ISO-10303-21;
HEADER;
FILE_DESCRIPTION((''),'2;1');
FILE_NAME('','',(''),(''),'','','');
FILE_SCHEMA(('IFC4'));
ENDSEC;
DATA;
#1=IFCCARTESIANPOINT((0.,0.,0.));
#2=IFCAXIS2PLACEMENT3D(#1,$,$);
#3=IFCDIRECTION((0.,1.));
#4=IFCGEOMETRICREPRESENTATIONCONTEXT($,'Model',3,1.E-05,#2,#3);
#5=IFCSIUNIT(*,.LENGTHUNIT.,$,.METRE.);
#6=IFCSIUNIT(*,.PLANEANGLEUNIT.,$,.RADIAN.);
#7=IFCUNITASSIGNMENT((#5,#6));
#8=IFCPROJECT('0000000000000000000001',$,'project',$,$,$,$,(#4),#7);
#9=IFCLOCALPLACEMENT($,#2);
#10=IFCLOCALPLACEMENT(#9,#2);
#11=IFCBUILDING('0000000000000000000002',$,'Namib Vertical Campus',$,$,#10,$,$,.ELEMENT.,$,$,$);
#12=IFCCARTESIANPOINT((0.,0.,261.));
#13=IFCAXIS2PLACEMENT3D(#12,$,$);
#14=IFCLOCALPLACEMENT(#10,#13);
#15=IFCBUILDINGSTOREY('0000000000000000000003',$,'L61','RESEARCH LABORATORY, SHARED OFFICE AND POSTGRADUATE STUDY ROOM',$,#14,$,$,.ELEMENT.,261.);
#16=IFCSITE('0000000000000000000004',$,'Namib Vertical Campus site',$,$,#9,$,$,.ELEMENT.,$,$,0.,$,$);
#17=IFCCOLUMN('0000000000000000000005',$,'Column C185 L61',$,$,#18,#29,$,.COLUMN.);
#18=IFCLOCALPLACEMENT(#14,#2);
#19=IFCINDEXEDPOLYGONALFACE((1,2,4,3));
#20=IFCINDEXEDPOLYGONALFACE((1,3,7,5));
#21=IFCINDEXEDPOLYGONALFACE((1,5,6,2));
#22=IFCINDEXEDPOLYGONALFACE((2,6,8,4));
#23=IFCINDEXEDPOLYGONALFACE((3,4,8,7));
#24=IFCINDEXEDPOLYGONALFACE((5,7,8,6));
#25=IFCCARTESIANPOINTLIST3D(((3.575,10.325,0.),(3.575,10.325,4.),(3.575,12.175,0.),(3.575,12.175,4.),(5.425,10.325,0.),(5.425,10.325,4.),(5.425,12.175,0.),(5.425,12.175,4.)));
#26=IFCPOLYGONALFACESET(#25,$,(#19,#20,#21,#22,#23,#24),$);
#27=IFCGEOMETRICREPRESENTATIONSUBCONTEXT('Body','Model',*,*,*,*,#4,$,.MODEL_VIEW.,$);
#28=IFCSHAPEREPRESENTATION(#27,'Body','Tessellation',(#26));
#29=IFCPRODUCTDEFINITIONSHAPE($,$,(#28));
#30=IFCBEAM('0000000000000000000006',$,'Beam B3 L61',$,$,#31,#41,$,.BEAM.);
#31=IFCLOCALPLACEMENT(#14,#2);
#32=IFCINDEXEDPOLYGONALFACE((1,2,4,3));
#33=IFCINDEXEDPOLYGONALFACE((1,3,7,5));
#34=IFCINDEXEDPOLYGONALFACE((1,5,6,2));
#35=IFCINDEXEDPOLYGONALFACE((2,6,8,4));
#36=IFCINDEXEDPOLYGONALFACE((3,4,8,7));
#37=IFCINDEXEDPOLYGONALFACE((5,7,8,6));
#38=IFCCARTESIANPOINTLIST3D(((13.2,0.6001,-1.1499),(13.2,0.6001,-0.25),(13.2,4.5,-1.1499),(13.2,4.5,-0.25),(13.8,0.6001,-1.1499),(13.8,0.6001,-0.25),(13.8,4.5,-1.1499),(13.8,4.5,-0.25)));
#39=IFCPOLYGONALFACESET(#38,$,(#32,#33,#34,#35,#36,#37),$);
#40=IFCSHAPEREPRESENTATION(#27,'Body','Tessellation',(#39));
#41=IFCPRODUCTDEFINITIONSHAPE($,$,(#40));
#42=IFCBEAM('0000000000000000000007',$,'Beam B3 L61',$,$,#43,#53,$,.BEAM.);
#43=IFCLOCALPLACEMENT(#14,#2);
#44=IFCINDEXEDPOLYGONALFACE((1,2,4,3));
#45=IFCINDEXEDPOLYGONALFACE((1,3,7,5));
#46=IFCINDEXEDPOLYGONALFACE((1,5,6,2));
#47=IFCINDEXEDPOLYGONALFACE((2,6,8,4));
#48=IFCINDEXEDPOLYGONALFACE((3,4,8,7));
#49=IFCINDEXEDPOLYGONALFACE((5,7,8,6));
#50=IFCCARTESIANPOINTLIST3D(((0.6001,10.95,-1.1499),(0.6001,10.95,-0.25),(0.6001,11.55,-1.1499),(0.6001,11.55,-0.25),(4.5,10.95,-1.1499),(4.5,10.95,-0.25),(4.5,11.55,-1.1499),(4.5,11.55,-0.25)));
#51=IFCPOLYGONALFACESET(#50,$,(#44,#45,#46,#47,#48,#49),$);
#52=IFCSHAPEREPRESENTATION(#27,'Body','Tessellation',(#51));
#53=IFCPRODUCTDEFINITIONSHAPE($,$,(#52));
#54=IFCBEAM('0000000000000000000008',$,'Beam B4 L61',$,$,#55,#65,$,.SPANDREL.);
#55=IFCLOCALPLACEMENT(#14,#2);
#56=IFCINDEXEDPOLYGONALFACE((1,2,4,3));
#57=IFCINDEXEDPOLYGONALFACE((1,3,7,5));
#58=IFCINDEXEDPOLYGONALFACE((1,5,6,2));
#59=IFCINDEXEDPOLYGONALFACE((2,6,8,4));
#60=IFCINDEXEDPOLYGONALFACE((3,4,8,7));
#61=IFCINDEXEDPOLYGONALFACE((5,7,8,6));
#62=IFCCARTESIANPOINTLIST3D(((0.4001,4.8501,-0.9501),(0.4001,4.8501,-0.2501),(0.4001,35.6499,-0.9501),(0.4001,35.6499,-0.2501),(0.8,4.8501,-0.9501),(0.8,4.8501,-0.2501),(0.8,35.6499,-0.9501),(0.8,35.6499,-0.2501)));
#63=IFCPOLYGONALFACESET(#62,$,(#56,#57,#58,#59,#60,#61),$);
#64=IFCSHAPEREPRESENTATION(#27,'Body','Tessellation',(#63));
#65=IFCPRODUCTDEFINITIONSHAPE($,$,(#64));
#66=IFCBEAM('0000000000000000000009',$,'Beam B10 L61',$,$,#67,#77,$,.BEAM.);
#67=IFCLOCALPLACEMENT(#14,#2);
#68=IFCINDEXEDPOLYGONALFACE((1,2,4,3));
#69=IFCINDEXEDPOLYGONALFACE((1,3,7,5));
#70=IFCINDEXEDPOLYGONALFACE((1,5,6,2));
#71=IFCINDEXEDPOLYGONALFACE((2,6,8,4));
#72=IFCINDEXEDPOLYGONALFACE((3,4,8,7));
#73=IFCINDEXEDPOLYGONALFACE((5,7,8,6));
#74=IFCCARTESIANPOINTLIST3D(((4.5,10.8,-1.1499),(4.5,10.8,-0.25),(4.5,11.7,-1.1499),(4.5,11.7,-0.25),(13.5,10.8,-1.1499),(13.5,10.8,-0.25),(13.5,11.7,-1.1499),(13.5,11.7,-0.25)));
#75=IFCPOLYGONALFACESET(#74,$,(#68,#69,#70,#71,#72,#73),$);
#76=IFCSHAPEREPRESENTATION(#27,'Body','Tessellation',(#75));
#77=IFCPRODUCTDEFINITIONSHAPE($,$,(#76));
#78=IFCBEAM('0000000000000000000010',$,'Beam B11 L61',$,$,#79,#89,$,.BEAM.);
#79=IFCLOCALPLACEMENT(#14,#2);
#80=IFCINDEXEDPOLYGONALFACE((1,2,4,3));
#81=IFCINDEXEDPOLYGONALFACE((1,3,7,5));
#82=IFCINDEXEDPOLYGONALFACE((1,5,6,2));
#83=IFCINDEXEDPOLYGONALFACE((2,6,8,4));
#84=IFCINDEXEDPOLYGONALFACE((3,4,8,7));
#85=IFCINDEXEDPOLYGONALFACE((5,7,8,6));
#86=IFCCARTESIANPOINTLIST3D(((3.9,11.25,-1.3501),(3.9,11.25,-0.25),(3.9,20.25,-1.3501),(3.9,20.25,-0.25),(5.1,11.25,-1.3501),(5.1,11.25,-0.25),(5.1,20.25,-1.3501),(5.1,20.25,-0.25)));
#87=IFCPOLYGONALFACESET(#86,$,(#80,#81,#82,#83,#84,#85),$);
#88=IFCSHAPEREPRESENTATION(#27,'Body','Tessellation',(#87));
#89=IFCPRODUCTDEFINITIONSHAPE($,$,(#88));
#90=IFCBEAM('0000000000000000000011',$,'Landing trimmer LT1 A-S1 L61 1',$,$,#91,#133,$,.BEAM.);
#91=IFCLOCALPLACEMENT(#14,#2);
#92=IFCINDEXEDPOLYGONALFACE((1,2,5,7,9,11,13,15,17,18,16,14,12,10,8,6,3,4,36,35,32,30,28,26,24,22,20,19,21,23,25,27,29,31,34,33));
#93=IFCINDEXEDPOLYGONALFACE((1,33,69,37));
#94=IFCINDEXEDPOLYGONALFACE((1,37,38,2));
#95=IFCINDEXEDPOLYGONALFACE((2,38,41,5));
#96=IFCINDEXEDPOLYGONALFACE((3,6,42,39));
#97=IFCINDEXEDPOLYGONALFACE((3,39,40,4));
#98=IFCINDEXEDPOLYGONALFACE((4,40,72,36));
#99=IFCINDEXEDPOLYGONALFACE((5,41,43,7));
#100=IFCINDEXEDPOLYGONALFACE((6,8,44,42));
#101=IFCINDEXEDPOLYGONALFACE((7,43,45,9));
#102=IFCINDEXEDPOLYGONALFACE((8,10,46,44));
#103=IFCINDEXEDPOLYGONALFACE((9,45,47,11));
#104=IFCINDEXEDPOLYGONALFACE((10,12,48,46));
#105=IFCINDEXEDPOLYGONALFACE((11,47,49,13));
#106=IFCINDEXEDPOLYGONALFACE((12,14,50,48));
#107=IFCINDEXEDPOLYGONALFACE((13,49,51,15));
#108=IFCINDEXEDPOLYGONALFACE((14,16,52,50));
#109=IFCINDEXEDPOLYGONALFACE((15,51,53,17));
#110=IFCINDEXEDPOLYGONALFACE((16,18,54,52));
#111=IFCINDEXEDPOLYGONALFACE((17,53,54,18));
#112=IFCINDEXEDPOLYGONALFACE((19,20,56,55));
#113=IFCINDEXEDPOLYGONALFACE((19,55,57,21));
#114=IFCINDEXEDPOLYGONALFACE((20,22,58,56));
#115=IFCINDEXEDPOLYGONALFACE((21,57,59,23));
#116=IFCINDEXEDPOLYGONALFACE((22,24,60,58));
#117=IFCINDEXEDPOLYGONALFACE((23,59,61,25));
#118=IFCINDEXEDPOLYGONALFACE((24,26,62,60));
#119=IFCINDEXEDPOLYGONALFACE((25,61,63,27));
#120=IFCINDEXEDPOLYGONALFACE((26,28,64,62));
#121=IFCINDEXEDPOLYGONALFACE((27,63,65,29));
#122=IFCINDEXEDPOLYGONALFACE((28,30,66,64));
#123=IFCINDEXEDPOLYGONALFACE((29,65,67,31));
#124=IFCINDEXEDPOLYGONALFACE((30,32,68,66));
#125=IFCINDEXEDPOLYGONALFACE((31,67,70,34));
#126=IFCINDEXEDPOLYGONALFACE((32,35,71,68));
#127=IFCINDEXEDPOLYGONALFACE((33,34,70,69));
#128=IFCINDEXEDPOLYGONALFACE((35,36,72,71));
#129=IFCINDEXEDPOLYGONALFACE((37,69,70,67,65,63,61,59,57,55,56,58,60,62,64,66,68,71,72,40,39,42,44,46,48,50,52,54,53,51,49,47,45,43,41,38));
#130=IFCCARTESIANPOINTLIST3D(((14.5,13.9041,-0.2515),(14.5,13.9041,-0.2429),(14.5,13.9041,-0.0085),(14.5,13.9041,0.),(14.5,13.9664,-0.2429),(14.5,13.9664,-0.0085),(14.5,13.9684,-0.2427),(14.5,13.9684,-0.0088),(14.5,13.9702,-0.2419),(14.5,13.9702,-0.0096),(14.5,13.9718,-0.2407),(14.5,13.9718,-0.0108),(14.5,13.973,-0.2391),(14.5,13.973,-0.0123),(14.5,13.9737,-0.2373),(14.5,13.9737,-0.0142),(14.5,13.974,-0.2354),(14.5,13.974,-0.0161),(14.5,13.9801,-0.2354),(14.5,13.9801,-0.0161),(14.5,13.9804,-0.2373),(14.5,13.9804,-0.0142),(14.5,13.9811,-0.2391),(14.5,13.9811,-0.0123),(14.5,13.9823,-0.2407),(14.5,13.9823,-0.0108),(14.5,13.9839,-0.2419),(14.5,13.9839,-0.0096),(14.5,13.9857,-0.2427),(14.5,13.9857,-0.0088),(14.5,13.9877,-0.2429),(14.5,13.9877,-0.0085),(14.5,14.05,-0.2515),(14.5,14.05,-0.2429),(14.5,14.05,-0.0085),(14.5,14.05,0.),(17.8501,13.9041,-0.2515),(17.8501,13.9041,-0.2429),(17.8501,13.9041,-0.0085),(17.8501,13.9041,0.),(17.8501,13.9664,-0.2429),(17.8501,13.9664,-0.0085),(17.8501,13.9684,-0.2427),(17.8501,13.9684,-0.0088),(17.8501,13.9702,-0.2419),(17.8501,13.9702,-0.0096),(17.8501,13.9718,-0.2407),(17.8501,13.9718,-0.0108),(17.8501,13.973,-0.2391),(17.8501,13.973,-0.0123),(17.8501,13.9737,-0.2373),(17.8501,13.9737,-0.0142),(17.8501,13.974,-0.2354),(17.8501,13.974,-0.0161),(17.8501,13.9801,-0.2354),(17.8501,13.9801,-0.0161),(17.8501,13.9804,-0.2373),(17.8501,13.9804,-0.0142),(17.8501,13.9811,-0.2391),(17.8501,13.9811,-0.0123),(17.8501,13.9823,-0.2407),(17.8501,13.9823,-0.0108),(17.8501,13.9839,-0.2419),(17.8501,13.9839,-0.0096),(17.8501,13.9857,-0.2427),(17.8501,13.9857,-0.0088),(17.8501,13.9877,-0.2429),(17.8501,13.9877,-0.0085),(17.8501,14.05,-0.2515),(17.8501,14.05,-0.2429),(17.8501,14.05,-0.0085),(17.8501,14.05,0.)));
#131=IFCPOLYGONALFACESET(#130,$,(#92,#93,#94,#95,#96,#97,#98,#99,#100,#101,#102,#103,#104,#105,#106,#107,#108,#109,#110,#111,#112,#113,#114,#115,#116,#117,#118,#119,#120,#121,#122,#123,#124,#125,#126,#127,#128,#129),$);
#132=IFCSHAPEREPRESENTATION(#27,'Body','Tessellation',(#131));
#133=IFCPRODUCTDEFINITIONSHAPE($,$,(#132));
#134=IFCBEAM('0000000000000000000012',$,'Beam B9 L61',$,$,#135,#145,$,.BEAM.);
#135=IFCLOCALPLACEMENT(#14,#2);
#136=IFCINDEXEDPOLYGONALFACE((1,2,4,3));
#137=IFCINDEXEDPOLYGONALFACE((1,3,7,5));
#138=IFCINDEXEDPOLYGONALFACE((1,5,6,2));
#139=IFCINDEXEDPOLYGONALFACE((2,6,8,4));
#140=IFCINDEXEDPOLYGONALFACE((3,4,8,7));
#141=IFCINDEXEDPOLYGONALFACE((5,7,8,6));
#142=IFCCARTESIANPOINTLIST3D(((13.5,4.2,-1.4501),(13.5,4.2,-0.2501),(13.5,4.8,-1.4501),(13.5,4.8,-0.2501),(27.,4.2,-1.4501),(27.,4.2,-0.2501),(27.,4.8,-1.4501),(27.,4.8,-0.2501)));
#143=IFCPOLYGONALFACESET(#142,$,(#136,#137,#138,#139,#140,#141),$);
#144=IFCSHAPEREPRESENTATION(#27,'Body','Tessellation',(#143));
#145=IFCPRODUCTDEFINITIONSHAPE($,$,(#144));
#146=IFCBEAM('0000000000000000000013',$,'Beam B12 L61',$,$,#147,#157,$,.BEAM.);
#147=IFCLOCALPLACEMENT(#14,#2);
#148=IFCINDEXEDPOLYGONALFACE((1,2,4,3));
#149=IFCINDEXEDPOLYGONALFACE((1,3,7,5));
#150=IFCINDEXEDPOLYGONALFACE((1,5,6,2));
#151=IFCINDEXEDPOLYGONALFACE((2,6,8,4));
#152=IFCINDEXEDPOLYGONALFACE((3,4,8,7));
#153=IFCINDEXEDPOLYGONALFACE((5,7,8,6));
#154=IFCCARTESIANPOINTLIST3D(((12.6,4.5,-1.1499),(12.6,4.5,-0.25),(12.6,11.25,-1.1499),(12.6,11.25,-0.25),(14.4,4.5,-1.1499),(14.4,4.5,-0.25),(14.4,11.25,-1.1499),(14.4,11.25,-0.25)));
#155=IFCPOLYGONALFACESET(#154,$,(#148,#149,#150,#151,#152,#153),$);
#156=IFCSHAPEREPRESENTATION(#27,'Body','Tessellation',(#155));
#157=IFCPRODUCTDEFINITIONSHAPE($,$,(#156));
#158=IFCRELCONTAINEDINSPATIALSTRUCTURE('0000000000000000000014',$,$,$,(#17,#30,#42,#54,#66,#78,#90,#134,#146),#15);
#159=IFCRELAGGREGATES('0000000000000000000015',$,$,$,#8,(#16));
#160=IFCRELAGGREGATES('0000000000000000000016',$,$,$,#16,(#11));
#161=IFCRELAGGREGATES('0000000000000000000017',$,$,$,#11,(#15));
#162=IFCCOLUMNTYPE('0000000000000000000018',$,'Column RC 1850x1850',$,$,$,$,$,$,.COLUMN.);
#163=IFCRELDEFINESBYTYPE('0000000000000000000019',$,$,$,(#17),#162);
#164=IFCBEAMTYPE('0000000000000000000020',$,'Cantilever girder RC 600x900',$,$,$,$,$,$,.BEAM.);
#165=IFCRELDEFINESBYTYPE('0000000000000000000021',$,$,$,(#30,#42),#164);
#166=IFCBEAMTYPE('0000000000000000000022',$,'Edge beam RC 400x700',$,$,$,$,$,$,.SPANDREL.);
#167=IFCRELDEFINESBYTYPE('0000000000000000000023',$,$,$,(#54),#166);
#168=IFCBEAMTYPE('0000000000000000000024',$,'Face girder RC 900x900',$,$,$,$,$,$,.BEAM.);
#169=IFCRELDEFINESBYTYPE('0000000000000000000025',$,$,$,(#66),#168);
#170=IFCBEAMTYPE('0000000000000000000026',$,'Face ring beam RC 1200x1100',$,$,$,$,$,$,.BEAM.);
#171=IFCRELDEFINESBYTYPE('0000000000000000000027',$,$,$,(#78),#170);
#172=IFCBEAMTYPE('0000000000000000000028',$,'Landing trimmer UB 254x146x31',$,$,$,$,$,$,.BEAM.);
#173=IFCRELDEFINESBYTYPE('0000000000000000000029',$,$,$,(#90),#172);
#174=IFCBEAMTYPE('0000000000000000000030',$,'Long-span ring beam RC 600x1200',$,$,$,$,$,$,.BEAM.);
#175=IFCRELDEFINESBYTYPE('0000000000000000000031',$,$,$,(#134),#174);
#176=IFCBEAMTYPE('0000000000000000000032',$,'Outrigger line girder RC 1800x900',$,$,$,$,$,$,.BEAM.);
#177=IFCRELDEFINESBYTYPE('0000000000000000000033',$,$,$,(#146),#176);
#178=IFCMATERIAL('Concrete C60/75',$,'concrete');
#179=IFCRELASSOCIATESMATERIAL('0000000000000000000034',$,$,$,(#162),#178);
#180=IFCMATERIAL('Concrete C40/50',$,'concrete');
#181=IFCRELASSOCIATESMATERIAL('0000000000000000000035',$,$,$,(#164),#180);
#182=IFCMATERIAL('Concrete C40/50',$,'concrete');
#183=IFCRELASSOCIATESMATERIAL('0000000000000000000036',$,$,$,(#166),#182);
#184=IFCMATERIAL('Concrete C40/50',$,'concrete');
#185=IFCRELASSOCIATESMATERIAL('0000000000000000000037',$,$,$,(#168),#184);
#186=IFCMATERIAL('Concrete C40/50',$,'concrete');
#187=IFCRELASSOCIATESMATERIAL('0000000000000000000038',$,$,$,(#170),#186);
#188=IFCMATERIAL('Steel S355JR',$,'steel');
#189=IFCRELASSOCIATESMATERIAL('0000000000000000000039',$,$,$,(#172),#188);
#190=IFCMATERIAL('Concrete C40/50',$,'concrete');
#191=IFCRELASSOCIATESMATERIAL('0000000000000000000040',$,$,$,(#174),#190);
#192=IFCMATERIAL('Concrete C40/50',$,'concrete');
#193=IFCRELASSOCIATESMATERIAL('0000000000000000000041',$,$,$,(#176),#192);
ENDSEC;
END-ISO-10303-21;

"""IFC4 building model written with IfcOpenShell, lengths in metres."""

from ifc_helpers import new_model, si_unit, direction, frame, origin, origin_2d, place, context, subcontext, project, spatial, rectangle, i_section, extrude, material, material_profile, profile_set, type_object, element, save


model = new_model("IFC4")

# Units and contexts
model_context = context("Model", 3, precision=1e-05, world=origin(), true_north=direction((0.0, 1.0)))
body_context = subcontext(model_context, "Body", "Model", "MODEL_VIEW")
ifc_project = project(units=[si_unit("LENGTHUNIT", "METRE"), si_unit("PLANEANGLEUNIT", "RADIAN")], contexts=[model_context])

# Site, building, storey
site_placement = place(None, origin())
site = spatial("IfcSite", under=ifc_project, at=site_placement, Name="Namib Vertical Campus site", CompositionType="ELEMENT", RefElevation=0.0)
building_placement = place(site_placement, origin())
building = spatial("IfcBuilding", under=site, at=building_placement, Name="Namib Vertical Campus", CompositionType="ELEMENT")
storey_placement = place(building_placement, frame((0.0, 0.0, 261.0)))
storey = spatial("IfcBuildingStorey", under=building, at=storey_placement, Name="L61", Description="RESEARCH LABORATORY, SHARED OFFICE AND POSTGRADUATE STUDY ROOM", CompositionType="ELEMENT", Elevation=261.0)

# Column
ifc_material_1 = material(Name="Concrete C60/75", Category="concrete")
ifc_material_profile_1 = material_profile(ifc_material_1, rectangle(XDim=1.8501, YDim=1.8501, at=origin_2d()))
ifc_profile_set_1 = profile_set([ifc_material_profile_1], Name="Concrete C60/75")
column_type = type_object("IfcColumnType", Name="Column RC 1850x1850", PredefinedType="COLUMN", material=ifc_profile_set_1)
column_placement = place(storey_placement, frame((4.5, 11.25, 0.0), z_axis=(0.0, 0.0, 1.0), x_axis=(1.0, 0.0, 0.0)))
element("IfcColumn", 1, at=column_placement, inside=storey, type_object=column_type, Name="Column C185 L61", PredefinedType="COLUMN", context=body_context, shape_type="SweptSolid", body=[
    extrude(rectangle(XDim=1.8501, YDim=1.8501, at=origin_2d()), origin(), (0.0, 0.0, 1.0), 4.0),
])

# Beams
ifc_material_2 = material(Name="Concrete C40/50", Category="concrete")
ifc_material_profile_2 = material_profile(ifc_material_2, rectangle(XDim=0.6001, YDim=0.8999, at=origin_2d()))
ifc_profile_set_2 = profile_set([ifc_material_profile_2], Name="Concrete C40/50")
beam_type_1 = type_object("IfcBeamType", Name="Cantilever girder RC 600x900", PredefinedType="BEAM", material=ifc_profile_set_2)
for number, where, z_axis, x_axis, name in (
    (2, (13.5, 4.5, -0.7), (0.0, -1.0, 0.0), (1.0, 0.0, 0.0), "Beam B3 L61"),
    (3, (4.5, 11.25, -0.7), (-1.0, 0.0, 0.0), (0.0, -1.0, 0.0), "Beam B3 L61"),
):
    element("IfcBeam", number, at=place(storey_placement, frame(where, z_axis=z_axis, x_axis=x_axis)), inside=storey, type_object=beam_type_1, Name=name, PredefinedType="BEAM", context=body_context, shape_type="SweptSolid", body=[
        extrude(rectangle(XDim=0.6001, YDim=0.8999, at=origin_2d()), origin(), (0.0, 0.0, 1.0), 3.8999),
    ])
ifc_material_3 = material(Name="Concrete C40/50", Category="concrete")
ifc_material_profile_3 = material_profile(ifc_material_3, rectangle(XDim=0.3999, YDim=0.7, at=origin_2d()))
ifc_profile_set_3 = profile_set([ifc_material_profile_3], Name="Concrete C40/50")
beam_type_2 = type_object("IfcBeamType", Name="Edge beam RC 400x700", PredefinedType="SPANDREL", material=ifc_profile_set_3)
beam_1_placement = place(storey_placement, frame((0.6001, 4.8501, -0.6001), z_axis=(0.0, 1.0, 0.0), x_axis=(-1.0, 0.0, 0.0)))
element("IfcBeam", 4, at=beam_1_placement, inside=storey, type_object=beam_type_2, Name="Beam B4 L61", PredefinedType="SPANDREL", context=body_context, shape_type="SweptSolid", body=[
    extrude(rectangle(XDim=0.3999, YDim=0.7, at=origin_2d()), origin(), (0.0, 0.0, 1.0), 30.7998),
])
ifc_material_4 = material(Name="Concrete C40/50", Category="concrete")
ifc_material_profile_4 = material_profile(ifc_material_4, rectangle(XDim=0.8999, YDim=0.8999, at=origin_2d()))
ifc_profile_set_4 = profile_set([ifc_material_profile_4], Name="Concrete C40/50")
beam_type_3 = type_object("IfcBeamType", Name="Face girder RC 900x900", PredefinedType="BEAM", material=ifc_profile_set_4)
beam_2_placement = place(storey_placement, frame((4.5, 11.25, -0.7), z_axis=(1.0, 0.0, 0.0), x_axis=(0.0, 1.0, 0.0)))
element("IfcBeam", 5, at=beam_2_placement, inside=storey, type_object=beam_type_3, Name="Beam B10 L61", PredefinedType="BEAM", context=body_context, shape_type="SweptSolid", body=[
    extrude(rectangle(XDim=0.8999, YDim=0.8999, at=origin_2d()), origin(), (0.0, 0.0, 1.0), 9.0),
])
ifc_material_5 = material(Name="Concrete C40/50", Category="concrete")
ifc_material_profile_5 = material_profile(ifc_material_5, rectangle(XDim=1.2, YDim=1.1001, at=origin_2d()))
ifc_profile_set_5 = profile_set([ifc_material_profile_5], Name="Concrete C40/50")
beam_type_4 = type_object("IfcBeamType", Name="Face ring beam RC 1200x1100", PredefinedType="BEAM", material=ifc_profile_set_5)
beam_3_placement = place(storey_placement, frame((4.5, 11.25, -0.8), z_axis=(0.0, 1.0, 0.0), x_axis=(-1.0, 0.0, 0.0)))
element("IfcBeam", 6, at=beam_3_placement, inside=storey, type_object=beam_type_4, Name="Beam B11 L61", PredefinedType="BEAM", context=body_context, shape_type="SweptSolid", body=[
    extrude(rectangle(XDim=1.2, YDim=1.1001, at=origin_2d()), origin(), (0.0, 0.0, 1.0), 9.0),
])
ifc_material_6 = material(Name="Steel S355JR", Category="steel")
ifc_material_profile_6 = material_profile(ifc_material_6, i_section(OverallWidth=0.146, OverallDepth=0.2515, WebThickness=0.0061, FlangeThickness=0.0085, FilletRadius=0.0076, at=origin_2d()))
ifc_profile_set_6 = profile_set([ifc_material_profile_6], Name="Steel S355JR")
beam_type_5 = type_object("IfcBeamType", Name="Landing trimmer UB 254x146x31", PredefinedType="BEAM", material=ifc_profile_set_6)
beam_4_placement = place(storey_placement, frame((14.5, 13.9771, -0.1257), z_axis=(1.0, 0.0, 0.0), x_axis=(0.0, 1.0, 0.0)))
element("IfcBeam", 7, at=beam_4_placement, inside=storey, type_object=beam_type_5, Name="Landing trimmer LT1 A-S1 L61 1", PredefinedType="BEAM", context=body_context, shape_type="SweptSolid", body=[
    extrude(i_section(OverallWidth=0.146, OverallDepth=0.2515, WebThickness=0.0061, FlangeThickness=0.0085, FilletRadius=0.0076, at=origin_2d()), origin(), (0.0, 0.0, 1.0), 3.3501),
])
ifc_material_7 = material(Name="Concrete C40/50", Category="concrete")
ifc_material_profile_7 = material_profile(ifc_material_7, rectangle(XDim=0.6001, YDim=1.2, at=origin_2d()))
ifc_profile_set_7 = profile_set([ifc_material_profile_7], Name="Concrete C40/50")
beam_type_6 = type_object("IfcBeamType", Name="Long-span ring beam RC 600x1200", PredefinedType="BEAM", material=ifc_profile_set_7)
beam_5_placement = place(storey_placement, frame((13.5, 4.5, -0.8501), z_axis=(1.0, 0.0, 0.0), x_axis=(0.0, 1.0, 0.0)))
element("IfcBeam", 8, at=beam_5_placement, inside=storey, type_object=beam_type_6, Name="Beam B9 L61", PredefinedType="BEAM", context=body_context, shape_type="SweptSolid", body=[
    extrude(rectangle(XDim=0.6001, YDim=1.2, at=origin_2d()), origin(), (0.0, 0.0, 1.0), 13.5),
])
ifc_material_8 = material(Name="Concrete C40/50", Category="concrete")
ifc_material_profile_8 = material_profile(ifc_material_8, rectangle(XDim=1.8, YDim=0.8999, at=origin_2d()))
ifc_profile_set_8 = profile_set([ifc_material_profile_8], Name="Concrete C40/50")
beam_type_7 = type_object("IfcBeamType", Name="Outrigger line girder RC 1800x900", PredefinedType="BEAM", material=ifc_profile_set_8)
beam_6_placement = place(storey_placement, frame((13.5, 4.5, -0.7), z_axis=(0.0, 1.0, 0.0), x_axis=(-1.0, 0.0, 0.0)))
element("IfcBeam", 9, at=beam_6_placement, inside=storey, type_object=beam_type_7, Name="Beam B12 L61", PredefinedType="BEAM", context=body_context, shape_type="SweptSolid", body=[
    extrude(rectangle(XDim=1.8, YDim=0.8999, at=origin_2d()), origin(), (0.0, 0.0, 1.0), 6.75),
])

save(model, "model.ifc")
